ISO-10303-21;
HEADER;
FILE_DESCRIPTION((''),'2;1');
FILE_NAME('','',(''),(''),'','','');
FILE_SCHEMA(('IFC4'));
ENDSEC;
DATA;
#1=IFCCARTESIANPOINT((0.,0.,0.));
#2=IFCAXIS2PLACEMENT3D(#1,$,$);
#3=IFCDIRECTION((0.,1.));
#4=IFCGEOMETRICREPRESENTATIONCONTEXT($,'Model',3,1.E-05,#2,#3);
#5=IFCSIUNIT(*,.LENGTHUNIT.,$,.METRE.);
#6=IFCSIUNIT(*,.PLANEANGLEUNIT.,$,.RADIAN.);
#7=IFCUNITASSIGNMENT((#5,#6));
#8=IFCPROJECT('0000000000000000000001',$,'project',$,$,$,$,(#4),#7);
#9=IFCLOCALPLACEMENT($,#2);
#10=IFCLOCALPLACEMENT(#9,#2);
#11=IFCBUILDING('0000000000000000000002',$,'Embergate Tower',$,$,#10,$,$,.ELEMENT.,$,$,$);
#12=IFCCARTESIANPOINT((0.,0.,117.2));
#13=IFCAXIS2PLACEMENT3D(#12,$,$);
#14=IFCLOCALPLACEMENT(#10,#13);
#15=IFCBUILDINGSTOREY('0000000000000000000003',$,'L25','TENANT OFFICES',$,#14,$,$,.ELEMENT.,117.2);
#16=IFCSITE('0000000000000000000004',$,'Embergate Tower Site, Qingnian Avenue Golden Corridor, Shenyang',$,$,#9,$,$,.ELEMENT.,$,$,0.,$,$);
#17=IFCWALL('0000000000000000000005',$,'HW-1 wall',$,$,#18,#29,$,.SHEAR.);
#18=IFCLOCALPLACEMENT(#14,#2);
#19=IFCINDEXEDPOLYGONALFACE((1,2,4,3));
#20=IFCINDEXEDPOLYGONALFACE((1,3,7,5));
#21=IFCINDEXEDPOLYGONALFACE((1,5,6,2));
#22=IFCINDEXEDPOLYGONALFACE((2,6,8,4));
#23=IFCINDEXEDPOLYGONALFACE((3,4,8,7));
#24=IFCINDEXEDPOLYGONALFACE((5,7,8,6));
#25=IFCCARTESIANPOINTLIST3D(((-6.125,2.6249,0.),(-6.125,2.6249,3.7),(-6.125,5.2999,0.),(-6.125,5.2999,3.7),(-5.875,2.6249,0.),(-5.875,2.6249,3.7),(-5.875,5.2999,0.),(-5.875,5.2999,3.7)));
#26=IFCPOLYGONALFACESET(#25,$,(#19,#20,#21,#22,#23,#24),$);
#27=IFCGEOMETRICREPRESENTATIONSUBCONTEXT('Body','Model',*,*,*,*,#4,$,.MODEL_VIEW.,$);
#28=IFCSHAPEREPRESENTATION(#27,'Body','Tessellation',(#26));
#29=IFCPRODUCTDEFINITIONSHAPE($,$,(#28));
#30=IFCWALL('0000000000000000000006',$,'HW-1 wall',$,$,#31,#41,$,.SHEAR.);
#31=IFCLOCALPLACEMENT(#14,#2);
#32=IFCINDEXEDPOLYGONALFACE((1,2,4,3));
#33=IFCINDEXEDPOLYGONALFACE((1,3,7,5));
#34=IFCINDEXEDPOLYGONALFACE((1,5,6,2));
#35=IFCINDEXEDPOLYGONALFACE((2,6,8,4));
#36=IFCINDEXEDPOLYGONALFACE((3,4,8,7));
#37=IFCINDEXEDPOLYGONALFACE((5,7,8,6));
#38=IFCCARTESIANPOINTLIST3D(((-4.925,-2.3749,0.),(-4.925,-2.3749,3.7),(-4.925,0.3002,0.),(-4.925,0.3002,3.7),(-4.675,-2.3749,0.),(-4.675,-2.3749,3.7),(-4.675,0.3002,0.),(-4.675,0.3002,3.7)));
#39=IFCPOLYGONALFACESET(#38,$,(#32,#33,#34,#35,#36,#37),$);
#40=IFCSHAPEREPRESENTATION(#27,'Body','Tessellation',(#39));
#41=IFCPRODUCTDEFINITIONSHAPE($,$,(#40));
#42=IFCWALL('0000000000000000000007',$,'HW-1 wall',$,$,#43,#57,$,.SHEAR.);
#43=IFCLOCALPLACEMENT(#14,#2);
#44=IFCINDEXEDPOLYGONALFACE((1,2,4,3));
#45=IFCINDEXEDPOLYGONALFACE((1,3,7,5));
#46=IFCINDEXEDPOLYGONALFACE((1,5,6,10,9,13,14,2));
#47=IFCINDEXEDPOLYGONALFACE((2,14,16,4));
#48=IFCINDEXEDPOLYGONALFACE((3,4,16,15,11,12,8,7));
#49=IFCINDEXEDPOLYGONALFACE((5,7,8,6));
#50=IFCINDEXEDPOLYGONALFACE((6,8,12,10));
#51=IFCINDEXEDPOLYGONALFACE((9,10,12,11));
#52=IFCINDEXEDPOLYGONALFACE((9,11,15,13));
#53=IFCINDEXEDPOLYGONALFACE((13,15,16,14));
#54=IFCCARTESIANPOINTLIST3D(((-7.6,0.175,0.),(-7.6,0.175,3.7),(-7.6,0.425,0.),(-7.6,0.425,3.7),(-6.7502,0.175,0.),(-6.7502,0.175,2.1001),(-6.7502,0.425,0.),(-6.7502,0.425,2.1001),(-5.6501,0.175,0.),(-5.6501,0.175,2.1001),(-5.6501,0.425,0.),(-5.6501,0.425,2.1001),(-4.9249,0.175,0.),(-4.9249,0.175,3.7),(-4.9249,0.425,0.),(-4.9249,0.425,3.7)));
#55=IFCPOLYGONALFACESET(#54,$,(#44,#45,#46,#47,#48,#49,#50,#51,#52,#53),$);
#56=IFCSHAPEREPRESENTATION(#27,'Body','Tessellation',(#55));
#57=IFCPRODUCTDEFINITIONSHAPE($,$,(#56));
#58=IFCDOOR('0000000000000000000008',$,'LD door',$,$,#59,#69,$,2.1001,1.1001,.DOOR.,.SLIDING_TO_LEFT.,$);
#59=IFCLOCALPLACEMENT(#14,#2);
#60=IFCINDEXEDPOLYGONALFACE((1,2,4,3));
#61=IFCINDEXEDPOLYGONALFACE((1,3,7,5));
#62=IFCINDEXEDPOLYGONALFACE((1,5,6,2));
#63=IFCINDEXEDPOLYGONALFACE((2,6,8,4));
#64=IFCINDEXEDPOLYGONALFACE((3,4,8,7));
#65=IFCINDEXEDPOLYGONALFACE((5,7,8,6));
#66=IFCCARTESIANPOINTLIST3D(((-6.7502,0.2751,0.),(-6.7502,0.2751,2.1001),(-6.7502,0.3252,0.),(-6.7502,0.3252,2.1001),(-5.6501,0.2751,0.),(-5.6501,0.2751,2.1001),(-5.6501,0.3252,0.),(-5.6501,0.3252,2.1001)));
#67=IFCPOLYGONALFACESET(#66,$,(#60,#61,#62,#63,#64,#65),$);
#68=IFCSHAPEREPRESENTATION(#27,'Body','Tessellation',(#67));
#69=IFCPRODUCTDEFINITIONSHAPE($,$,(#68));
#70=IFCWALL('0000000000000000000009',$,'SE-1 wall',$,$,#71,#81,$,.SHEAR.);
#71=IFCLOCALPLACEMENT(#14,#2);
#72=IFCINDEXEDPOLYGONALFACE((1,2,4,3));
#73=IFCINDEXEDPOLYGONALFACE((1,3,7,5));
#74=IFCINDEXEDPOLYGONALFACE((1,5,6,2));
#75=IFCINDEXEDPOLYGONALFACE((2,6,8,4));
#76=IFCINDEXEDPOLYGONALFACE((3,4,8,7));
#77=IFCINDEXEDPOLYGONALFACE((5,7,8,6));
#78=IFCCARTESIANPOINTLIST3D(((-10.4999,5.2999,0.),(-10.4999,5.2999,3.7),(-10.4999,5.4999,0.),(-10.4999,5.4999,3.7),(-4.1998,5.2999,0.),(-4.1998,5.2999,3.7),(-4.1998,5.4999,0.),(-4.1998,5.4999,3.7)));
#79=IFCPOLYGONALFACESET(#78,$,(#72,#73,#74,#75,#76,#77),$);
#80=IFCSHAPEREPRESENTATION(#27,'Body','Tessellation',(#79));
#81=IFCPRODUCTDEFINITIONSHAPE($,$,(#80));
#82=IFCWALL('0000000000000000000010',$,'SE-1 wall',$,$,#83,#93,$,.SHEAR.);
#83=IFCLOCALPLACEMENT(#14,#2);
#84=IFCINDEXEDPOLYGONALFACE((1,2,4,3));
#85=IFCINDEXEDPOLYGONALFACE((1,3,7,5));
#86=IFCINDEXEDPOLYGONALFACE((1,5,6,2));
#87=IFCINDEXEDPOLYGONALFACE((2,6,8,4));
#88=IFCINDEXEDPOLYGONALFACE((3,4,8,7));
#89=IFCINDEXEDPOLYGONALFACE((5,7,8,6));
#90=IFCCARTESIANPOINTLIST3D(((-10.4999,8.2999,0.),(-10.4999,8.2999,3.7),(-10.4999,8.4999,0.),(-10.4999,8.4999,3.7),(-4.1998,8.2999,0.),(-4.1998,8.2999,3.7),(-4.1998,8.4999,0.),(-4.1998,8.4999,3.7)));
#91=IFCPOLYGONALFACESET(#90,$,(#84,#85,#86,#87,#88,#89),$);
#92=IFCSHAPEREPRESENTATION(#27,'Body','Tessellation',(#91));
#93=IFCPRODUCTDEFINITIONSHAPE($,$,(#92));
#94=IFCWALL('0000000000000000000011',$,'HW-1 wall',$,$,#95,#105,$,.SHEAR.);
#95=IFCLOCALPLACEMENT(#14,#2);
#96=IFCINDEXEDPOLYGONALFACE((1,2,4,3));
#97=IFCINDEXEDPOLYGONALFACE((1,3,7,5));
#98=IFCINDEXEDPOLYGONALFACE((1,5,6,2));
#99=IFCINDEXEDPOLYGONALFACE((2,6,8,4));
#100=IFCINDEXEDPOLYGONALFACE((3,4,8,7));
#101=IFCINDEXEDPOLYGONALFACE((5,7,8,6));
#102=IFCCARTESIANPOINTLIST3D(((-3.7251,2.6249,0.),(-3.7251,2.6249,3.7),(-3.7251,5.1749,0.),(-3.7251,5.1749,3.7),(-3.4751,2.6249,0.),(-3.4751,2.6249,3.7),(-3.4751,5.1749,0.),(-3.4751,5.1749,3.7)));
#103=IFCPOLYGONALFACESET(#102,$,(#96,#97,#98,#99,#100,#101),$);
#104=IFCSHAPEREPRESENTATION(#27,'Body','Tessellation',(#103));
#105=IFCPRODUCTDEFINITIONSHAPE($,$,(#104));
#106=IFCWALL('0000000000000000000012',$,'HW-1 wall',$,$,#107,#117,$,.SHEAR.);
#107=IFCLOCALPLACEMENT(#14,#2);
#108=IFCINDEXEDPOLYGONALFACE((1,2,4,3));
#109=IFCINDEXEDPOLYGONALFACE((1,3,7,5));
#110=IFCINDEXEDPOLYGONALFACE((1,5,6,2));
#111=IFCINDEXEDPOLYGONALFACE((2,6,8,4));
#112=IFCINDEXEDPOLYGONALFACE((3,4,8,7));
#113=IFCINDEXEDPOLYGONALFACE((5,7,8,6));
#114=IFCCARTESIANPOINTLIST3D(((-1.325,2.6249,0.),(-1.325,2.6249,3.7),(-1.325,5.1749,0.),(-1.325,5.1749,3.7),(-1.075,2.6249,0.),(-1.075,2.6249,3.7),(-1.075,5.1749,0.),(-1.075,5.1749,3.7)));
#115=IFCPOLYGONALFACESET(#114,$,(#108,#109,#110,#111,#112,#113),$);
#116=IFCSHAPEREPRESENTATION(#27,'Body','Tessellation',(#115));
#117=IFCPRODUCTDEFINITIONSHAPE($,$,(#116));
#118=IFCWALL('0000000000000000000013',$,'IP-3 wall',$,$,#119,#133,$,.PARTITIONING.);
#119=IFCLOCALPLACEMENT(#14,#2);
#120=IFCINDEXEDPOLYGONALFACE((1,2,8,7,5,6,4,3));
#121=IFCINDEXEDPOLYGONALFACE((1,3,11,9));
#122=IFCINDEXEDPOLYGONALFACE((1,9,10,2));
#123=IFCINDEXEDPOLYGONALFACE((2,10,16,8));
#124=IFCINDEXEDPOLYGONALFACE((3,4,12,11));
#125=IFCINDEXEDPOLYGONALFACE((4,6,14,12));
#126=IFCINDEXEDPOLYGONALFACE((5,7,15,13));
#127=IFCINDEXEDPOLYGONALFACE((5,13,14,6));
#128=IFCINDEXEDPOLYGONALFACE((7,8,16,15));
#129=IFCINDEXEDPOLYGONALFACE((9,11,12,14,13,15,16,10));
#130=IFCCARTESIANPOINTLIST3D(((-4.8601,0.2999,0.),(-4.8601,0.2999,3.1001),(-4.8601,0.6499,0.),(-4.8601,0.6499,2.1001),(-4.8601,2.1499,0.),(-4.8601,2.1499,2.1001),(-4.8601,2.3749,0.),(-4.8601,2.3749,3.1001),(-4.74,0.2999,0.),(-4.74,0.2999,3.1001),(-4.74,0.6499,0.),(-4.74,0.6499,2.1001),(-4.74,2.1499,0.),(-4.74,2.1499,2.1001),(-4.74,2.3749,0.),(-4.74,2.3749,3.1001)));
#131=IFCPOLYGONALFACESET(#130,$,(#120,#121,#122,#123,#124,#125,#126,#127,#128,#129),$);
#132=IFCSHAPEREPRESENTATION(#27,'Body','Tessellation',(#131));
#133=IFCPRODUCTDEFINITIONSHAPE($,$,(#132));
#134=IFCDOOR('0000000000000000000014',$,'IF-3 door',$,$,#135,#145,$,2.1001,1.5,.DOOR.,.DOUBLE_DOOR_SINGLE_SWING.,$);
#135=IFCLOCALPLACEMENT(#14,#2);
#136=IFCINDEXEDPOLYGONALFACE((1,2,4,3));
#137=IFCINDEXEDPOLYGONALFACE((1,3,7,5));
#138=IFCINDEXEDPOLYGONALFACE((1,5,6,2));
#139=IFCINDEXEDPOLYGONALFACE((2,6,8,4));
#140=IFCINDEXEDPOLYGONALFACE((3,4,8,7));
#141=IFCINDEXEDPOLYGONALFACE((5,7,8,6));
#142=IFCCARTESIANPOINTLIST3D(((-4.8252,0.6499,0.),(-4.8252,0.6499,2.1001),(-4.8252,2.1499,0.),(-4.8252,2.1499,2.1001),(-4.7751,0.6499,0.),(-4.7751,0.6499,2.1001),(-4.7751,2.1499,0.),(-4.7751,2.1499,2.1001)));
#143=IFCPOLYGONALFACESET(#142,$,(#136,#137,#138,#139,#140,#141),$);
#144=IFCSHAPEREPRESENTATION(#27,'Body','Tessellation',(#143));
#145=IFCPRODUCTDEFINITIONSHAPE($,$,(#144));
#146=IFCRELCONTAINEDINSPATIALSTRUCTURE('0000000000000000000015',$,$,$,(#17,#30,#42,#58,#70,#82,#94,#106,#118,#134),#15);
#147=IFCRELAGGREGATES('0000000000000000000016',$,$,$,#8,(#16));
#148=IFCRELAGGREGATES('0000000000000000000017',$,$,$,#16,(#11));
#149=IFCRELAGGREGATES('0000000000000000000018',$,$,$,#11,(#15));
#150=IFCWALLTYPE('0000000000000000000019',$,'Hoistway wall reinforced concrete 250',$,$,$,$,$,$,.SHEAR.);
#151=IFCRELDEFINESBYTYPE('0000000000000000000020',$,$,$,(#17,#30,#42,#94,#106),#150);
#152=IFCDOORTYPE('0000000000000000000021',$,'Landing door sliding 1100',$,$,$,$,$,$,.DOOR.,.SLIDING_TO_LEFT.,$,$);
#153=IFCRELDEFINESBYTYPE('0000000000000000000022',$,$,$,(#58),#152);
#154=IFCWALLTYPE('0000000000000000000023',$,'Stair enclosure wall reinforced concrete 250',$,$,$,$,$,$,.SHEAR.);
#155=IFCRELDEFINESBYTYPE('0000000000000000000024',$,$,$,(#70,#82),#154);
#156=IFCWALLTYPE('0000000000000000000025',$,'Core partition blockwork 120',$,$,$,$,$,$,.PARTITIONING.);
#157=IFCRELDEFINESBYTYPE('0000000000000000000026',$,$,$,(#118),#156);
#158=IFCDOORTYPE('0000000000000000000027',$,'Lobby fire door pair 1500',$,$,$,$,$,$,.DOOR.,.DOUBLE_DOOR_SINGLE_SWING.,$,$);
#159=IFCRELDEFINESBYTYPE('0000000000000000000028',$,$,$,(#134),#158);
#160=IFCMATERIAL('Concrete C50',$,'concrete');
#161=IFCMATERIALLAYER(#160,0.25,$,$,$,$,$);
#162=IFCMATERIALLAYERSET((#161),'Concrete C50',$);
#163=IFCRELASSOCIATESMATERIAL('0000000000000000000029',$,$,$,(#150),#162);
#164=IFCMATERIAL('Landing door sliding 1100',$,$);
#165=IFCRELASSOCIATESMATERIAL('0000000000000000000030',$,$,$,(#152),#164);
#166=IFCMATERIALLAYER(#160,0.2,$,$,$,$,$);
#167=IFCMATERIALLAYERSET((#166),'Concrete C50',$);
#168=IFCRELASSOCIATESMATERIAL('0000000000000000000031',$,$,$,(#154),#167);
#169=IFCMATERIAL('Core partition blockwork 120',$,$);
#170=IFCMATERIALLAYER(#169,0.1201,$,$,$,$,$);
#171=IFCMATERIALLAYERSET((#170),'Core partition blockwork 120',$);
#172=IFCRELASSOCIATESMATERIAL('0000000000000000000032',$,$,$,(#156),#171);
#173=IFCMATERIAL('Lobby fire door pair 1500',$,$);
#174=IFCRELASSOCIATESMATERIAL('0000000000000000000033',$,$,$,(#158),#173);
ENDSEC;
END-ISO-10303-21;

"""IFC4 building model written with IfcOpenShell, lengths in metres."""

from ifc_helpers import new_model, si_unit, direction, frame, frame_2d, origin, place, context, subcontext, project, spatial, rectangle, extrude, source, transform, mapped, material, layer, layer_set, type_object, element, fill, save


model = new_model("IFC4")

# Units and contexts
model_context = context("Model", 3, precision=1e-05, world=origin(), true_north=direction((0.0, 1.0)))
body_context = subcontext(model_context, "Body", "Model", "MODEL_VIEW")
ifc_project = project(units=[si_unit("LENGTHUNIT", "METRE"), si_unit("PLANEANGLEUNIT", "RADIAN")], contexts=[model_context])

# Site, building, storey
site_placement = place(None, origin())
site = spatial("IfcSite", under=ifc_project, at=site_placement, Name="Embergate Tower Site, Qingnian Avenue Golden Corridor, Shenyang", CompositionType="ELEMENT", RefElevation=0.0)
building_placement = place(site_placement, origin())
building = spatial("IfcBuilding", under=site, at=building_placement, Name="Embergate Tower", CompositionType="ELEMENT")
storey_placement = place(building_placement, frame((0.0, 0.0, 117.2)))
storey = spatial("IfcBuildingStorey", under=building, at=storey_placement, Name="L25", Description="TENANT OFFICES", CompositionType="ELEMENT", Elevation=117.2)

# Walls
ifc_material_1 = material(Name="Concrete C50", Category="concrete")
ifc_layer_1 = layer(ifc_material_1, 0.25)
ifc_layer_set_1 = layer_set([ifc_layer_1], Name="Concrete C50")
wall_type_1 = type_object("IfcWallType", Name="Hoistway wall reinforced concrete 250", PredefinedType="SHEAR", material=ifc_layer_set_1)
shared_shape_1 = source(origin(), body_context, "Body", "SweptSolid", [
    extrude(rectangle(XDim=2.675, YDim=0.25, at=frame_2d((1.3374, 0.0))), origin(), (0.0, 0.0, 1.0), 3.7),
])
for number, where, z_axis, x_axis, name in (
    (1, (-6.0, 2.625, 0.0), (0.0, 0.0, 1.0), (0.0, 1.0, 0.0), "HW-1 wall"),
    (2, (-4.8, 0.3, 0.0), (0.0, 0.0, 1.0), (0.0, -1.0, 0.0), "HW-1 wall"),
):
    element("IfcWall", number, at=place(storey_placement, frame(where, z_axis=z_axis, x_axis=x_axis)), inside=storey, type_object=wall_type_1, Name=name, PredefinedType="SHEAR", context=body_context, shape_type="MappedRepresentation", body=[
        mapped(shared_shape_1, transform((0.0, 0.0, 0.0))),
    ])

# Wall, opening, door
wall_1_placement = place(storey_placement, frame((-4.925, 0.3, 0.0), z_axis=(0.0, 0.0, 1.0), x_axis=(-1.0, 0.0, 0.0)))
wall_1 = element("IfcWall", 3, at=wall_1_placement, inside=storey, type_object=wall_type_1, Name="HW-1 wall", PredefinedType="SHEAR", context=body_context, shape_type="MappedRepresentation", body=[
    mapped(shared_shape_1, transform((0.0, 0.0, 0.0))),
])
shared_shape_2 = source(origin(), body_context, "Body", "SweptSolid", [
    extrude(rectangle(XDim=1.1001, YDim=2.1001, at=frame_2d((0.55, 1.05))), frame((0.0, 0.135, 0.0), z_axis=(0.0, -1.0, 0.0), x_axis=(1.0, 0.0, 0.0)), (0.0, 0.0, 1.0), 0.27),
])
opening_1_placement = place(wall_1_placement, frame((0.7251, 0.0, 0.0)))
opening_1 = element("IfcOpeningElement", 4, at=opening_1_placement, cuts=wall_1, PredefinedType="OPENING", context=body_context, shape_type="MappedRepresentation", body=[
    mapped(shared_shape_2, transform((0.0, 0.0, 0.0))),
])
ifc_material_2 = material(Name="Landing door sliding 1100")
door_type_1 = type_object("IfcDoorType", Name="Landing door sliding 1100", OperationType="SLIDING_TO_LEFT", PredefinedType="DOOR", material=ifc_material_2)
shared_shape_3 = source(origin(), body_context, "Body", "SweptSolid", [
    extrude(rectangle(XDim=1.1001, YDim=2.1001, at=frame_2d((0.55, 1.05))), frame((0.0, 0.0249, 0.0), z_axis=(0.0, -1.0, 0.0), x_axis=(1.0, 0.0, 0.0)), (0.0, 0.0, 1.0), 0.05),
])
door_1_placement = place(opening_1_placement, origin())
door_1 = element("IfcDoor", 5, at=door_1_placement, inside=storey, type_object=door_type_1, Name="LD door", OperationType="SLIDING_TO_LEFT", OverallHeight=2.1001, OverallWidth=1.1001, PredefinedType="DOOR", context=body_context, shape_type="MappedRepresentation", body=[
    mapped(shared_shape_3, transform((0.0, 0.0, 0.0))),
])
fill(opening_1, door_1)

# Walls
ifc_layer_2 = layer(ifc_material_1, 0.2)
ifc_layer_set_2 = layer_set([ifc_layer_2], Name="Concrete C50")
wall_type_2 = type_object("IfcWallType", Name="Stair enclosure wall reinforced concrete 250", PredefinedType="SHEAR", material=ifc_layer_set_2)
shared_shape_4 = source(origin(), body_context, "Body", "SweptSolid", [
    extrude(rectangle(XDim=6.3, YDim=0.2, at=frame_2d((3.1499, 0.0))), origin(), (0.0, 0.0, 1.0), 3.7),
])
for number, where, z_axis, x_axis, name in (
    (6, (-4.2, 5.3999, 0.0), (0.0, 0.0, 1.0), (-1.0, 0.0, 0.0), "SE-1 wall"),
    (7, (-4.2, 8.3999, 0.0), (0.0, 0.0, 1.0), (-1.0, 0.0, 0.0), "SE-1 wall"),
):
    element("IfcWall", number, at=place(storey_placement, frame(where, z_axis=z_axis, x_axis=x_axis)), inside=storey, type_object=wall_type_2, Name=name, PredefinedType="SHEAR", context=body_context, shape_type="MappedRepresentation", body=[
        mapped(shared_shape_4, transform((0.0, 0.0, 0.0))),
    ])
shared_shape_5 = source(origin(), body_context, "Body", "SweptSolid", [
    extrude(rectangle(XDim=2.55, YDim=0.25, at=frame_2d((1.2749, 0.0))), origin(), (0.0, 0.0, 1.0), 3.7),
])
for number, where, z_axis, x_axis, name in (
    (8, (-3.6001, 2.625, 0.0), (0.0, 0.0, 1.0), (0.0, 1.0, 0.0), "HW-1 wall"),
    (9, (-1.2, 2.625, 0.0), (0.0, 0.0, 1.0), (0.0, 1.0, 0.0), "HW-1 wall"),
):
    element("IfcWall", number, at=place(storey_placement, frame(where, z_axis=z_axis, x_axis=x_axis)), inside=storey, type_object=wall_type_1, Name=name, PredefinedType="SHEAR", context=body_context, shape_type="MappedRepresentation", body=[
        mapped(shared_shape_5, transform((0.0, 0.0, 0.0))),
    ])

# Wall, opening, door
ifc_material_3 = material(Name="Core partition blockwork 120")
ifc_layer_3 = layer(ifc_material_3, 0.1201)
ifc_layer_set_3 = layer_set([ifc_layer_3], Name="Core partition blockwork 120")
wall_type_3 = type_object("IfcWallType", Name="Core partition blockwork 120", PredefinedType="PARTITIONING", material=ifc_layer_set_3)
shared_shape_6 = source(origin(), body_context, "Body", "SweptSolid", [
    extrude(rectangle(XDim=2.075, YDim=0.1201, at=frame_2d((1.0376, 0.0))), origin(), (0.0, 0.0, 1.0), 3.1001),
])
wall_2_placement = place(storey_placement, frame((-4.8, 2.375, 0.0), z_axis=(0.0, 0.0, 1.0), x_axis=(0.0, -1.0, 0.0)))
wall_2 = element("IfcWall", 10, at=wall_2_placement, inside=storey, type_object=wall_type_3, Name="IP-3 wall", PredefinedType="PARTITIONING", context=body_context, shape_type="MappedRepresentation", body=[
    mapped(shared_shape_6, transform((0.0, 0.0, 0.0))),
])
shared_shape_7 = source(origin(), body_context, "Body", "SweptSolid", [
    extrude(rectangle(XDim=1.5, YDim=2.1001, at=frame_2d((0.75, 1.05))), frame((0.0, 0.0701, 0.0), z_axis=(0.0, -1.0, 0.0), x_axis=(1.0, 0.0, 0.0)), (0.0, 0.0, 1.0), 0.1401),
])
opening_2_placement = place(wall_2_placement, frame((0.2251, 0.0, 0.0)))
opening_2 = element("IfcOpeningElement", 11, at=opening_2_placement, cuts=wall_2, PredefinedType="OPENING", context=body_context, shape_type="MappedRepresentation", body=[
    mapped(shared_shape_7, transform((0.0, 0.0, 0.0))),
])
ifc_material_4 = material(Name="Lobby fire door pair 1500")
door_type_2 = type_object("IfcDoorType", Name="Lobby fire door pair 1500", OperationType="DOUBLE_DOOR_SINGLE_SWING", PredefinedType="DOOR", material=ifc_material_4)
shared_shape_8 = source(origin(), body_context, "Body", "SweptSolid", [
    extrude(rectangle(XDim=1.5, YDim=2.1001, at=frame_2d((0.75, 1.05))), frame((0.0, 0.0249, 0.0), z_axis=(0.0, -1.0, 0.0), x_axis=(1.0, 0.0, 0.0)), (0.0, 0.0, 1.0), 0.05),
])
door_2_placement = place(opening_2_placement, origin())
door_2 = element("IfcDoor", 12, at=door_2_placement, inside=storey, type_object=door_type_2, Name="IF-3 door", OperationType="DOUBLE_DOOR_SINGLE_SWING", OverallHeight=2.1001, OverallWidth=1.5, PredefinedType="DOOR", context=body_context, shape_type="MappedRepresentation", body=[
    mapped(shared_shape_8, transform((0.0, 0.0, 0.0))),
])
fill(opening_2, door_2)

save(model, "model.ifc")
